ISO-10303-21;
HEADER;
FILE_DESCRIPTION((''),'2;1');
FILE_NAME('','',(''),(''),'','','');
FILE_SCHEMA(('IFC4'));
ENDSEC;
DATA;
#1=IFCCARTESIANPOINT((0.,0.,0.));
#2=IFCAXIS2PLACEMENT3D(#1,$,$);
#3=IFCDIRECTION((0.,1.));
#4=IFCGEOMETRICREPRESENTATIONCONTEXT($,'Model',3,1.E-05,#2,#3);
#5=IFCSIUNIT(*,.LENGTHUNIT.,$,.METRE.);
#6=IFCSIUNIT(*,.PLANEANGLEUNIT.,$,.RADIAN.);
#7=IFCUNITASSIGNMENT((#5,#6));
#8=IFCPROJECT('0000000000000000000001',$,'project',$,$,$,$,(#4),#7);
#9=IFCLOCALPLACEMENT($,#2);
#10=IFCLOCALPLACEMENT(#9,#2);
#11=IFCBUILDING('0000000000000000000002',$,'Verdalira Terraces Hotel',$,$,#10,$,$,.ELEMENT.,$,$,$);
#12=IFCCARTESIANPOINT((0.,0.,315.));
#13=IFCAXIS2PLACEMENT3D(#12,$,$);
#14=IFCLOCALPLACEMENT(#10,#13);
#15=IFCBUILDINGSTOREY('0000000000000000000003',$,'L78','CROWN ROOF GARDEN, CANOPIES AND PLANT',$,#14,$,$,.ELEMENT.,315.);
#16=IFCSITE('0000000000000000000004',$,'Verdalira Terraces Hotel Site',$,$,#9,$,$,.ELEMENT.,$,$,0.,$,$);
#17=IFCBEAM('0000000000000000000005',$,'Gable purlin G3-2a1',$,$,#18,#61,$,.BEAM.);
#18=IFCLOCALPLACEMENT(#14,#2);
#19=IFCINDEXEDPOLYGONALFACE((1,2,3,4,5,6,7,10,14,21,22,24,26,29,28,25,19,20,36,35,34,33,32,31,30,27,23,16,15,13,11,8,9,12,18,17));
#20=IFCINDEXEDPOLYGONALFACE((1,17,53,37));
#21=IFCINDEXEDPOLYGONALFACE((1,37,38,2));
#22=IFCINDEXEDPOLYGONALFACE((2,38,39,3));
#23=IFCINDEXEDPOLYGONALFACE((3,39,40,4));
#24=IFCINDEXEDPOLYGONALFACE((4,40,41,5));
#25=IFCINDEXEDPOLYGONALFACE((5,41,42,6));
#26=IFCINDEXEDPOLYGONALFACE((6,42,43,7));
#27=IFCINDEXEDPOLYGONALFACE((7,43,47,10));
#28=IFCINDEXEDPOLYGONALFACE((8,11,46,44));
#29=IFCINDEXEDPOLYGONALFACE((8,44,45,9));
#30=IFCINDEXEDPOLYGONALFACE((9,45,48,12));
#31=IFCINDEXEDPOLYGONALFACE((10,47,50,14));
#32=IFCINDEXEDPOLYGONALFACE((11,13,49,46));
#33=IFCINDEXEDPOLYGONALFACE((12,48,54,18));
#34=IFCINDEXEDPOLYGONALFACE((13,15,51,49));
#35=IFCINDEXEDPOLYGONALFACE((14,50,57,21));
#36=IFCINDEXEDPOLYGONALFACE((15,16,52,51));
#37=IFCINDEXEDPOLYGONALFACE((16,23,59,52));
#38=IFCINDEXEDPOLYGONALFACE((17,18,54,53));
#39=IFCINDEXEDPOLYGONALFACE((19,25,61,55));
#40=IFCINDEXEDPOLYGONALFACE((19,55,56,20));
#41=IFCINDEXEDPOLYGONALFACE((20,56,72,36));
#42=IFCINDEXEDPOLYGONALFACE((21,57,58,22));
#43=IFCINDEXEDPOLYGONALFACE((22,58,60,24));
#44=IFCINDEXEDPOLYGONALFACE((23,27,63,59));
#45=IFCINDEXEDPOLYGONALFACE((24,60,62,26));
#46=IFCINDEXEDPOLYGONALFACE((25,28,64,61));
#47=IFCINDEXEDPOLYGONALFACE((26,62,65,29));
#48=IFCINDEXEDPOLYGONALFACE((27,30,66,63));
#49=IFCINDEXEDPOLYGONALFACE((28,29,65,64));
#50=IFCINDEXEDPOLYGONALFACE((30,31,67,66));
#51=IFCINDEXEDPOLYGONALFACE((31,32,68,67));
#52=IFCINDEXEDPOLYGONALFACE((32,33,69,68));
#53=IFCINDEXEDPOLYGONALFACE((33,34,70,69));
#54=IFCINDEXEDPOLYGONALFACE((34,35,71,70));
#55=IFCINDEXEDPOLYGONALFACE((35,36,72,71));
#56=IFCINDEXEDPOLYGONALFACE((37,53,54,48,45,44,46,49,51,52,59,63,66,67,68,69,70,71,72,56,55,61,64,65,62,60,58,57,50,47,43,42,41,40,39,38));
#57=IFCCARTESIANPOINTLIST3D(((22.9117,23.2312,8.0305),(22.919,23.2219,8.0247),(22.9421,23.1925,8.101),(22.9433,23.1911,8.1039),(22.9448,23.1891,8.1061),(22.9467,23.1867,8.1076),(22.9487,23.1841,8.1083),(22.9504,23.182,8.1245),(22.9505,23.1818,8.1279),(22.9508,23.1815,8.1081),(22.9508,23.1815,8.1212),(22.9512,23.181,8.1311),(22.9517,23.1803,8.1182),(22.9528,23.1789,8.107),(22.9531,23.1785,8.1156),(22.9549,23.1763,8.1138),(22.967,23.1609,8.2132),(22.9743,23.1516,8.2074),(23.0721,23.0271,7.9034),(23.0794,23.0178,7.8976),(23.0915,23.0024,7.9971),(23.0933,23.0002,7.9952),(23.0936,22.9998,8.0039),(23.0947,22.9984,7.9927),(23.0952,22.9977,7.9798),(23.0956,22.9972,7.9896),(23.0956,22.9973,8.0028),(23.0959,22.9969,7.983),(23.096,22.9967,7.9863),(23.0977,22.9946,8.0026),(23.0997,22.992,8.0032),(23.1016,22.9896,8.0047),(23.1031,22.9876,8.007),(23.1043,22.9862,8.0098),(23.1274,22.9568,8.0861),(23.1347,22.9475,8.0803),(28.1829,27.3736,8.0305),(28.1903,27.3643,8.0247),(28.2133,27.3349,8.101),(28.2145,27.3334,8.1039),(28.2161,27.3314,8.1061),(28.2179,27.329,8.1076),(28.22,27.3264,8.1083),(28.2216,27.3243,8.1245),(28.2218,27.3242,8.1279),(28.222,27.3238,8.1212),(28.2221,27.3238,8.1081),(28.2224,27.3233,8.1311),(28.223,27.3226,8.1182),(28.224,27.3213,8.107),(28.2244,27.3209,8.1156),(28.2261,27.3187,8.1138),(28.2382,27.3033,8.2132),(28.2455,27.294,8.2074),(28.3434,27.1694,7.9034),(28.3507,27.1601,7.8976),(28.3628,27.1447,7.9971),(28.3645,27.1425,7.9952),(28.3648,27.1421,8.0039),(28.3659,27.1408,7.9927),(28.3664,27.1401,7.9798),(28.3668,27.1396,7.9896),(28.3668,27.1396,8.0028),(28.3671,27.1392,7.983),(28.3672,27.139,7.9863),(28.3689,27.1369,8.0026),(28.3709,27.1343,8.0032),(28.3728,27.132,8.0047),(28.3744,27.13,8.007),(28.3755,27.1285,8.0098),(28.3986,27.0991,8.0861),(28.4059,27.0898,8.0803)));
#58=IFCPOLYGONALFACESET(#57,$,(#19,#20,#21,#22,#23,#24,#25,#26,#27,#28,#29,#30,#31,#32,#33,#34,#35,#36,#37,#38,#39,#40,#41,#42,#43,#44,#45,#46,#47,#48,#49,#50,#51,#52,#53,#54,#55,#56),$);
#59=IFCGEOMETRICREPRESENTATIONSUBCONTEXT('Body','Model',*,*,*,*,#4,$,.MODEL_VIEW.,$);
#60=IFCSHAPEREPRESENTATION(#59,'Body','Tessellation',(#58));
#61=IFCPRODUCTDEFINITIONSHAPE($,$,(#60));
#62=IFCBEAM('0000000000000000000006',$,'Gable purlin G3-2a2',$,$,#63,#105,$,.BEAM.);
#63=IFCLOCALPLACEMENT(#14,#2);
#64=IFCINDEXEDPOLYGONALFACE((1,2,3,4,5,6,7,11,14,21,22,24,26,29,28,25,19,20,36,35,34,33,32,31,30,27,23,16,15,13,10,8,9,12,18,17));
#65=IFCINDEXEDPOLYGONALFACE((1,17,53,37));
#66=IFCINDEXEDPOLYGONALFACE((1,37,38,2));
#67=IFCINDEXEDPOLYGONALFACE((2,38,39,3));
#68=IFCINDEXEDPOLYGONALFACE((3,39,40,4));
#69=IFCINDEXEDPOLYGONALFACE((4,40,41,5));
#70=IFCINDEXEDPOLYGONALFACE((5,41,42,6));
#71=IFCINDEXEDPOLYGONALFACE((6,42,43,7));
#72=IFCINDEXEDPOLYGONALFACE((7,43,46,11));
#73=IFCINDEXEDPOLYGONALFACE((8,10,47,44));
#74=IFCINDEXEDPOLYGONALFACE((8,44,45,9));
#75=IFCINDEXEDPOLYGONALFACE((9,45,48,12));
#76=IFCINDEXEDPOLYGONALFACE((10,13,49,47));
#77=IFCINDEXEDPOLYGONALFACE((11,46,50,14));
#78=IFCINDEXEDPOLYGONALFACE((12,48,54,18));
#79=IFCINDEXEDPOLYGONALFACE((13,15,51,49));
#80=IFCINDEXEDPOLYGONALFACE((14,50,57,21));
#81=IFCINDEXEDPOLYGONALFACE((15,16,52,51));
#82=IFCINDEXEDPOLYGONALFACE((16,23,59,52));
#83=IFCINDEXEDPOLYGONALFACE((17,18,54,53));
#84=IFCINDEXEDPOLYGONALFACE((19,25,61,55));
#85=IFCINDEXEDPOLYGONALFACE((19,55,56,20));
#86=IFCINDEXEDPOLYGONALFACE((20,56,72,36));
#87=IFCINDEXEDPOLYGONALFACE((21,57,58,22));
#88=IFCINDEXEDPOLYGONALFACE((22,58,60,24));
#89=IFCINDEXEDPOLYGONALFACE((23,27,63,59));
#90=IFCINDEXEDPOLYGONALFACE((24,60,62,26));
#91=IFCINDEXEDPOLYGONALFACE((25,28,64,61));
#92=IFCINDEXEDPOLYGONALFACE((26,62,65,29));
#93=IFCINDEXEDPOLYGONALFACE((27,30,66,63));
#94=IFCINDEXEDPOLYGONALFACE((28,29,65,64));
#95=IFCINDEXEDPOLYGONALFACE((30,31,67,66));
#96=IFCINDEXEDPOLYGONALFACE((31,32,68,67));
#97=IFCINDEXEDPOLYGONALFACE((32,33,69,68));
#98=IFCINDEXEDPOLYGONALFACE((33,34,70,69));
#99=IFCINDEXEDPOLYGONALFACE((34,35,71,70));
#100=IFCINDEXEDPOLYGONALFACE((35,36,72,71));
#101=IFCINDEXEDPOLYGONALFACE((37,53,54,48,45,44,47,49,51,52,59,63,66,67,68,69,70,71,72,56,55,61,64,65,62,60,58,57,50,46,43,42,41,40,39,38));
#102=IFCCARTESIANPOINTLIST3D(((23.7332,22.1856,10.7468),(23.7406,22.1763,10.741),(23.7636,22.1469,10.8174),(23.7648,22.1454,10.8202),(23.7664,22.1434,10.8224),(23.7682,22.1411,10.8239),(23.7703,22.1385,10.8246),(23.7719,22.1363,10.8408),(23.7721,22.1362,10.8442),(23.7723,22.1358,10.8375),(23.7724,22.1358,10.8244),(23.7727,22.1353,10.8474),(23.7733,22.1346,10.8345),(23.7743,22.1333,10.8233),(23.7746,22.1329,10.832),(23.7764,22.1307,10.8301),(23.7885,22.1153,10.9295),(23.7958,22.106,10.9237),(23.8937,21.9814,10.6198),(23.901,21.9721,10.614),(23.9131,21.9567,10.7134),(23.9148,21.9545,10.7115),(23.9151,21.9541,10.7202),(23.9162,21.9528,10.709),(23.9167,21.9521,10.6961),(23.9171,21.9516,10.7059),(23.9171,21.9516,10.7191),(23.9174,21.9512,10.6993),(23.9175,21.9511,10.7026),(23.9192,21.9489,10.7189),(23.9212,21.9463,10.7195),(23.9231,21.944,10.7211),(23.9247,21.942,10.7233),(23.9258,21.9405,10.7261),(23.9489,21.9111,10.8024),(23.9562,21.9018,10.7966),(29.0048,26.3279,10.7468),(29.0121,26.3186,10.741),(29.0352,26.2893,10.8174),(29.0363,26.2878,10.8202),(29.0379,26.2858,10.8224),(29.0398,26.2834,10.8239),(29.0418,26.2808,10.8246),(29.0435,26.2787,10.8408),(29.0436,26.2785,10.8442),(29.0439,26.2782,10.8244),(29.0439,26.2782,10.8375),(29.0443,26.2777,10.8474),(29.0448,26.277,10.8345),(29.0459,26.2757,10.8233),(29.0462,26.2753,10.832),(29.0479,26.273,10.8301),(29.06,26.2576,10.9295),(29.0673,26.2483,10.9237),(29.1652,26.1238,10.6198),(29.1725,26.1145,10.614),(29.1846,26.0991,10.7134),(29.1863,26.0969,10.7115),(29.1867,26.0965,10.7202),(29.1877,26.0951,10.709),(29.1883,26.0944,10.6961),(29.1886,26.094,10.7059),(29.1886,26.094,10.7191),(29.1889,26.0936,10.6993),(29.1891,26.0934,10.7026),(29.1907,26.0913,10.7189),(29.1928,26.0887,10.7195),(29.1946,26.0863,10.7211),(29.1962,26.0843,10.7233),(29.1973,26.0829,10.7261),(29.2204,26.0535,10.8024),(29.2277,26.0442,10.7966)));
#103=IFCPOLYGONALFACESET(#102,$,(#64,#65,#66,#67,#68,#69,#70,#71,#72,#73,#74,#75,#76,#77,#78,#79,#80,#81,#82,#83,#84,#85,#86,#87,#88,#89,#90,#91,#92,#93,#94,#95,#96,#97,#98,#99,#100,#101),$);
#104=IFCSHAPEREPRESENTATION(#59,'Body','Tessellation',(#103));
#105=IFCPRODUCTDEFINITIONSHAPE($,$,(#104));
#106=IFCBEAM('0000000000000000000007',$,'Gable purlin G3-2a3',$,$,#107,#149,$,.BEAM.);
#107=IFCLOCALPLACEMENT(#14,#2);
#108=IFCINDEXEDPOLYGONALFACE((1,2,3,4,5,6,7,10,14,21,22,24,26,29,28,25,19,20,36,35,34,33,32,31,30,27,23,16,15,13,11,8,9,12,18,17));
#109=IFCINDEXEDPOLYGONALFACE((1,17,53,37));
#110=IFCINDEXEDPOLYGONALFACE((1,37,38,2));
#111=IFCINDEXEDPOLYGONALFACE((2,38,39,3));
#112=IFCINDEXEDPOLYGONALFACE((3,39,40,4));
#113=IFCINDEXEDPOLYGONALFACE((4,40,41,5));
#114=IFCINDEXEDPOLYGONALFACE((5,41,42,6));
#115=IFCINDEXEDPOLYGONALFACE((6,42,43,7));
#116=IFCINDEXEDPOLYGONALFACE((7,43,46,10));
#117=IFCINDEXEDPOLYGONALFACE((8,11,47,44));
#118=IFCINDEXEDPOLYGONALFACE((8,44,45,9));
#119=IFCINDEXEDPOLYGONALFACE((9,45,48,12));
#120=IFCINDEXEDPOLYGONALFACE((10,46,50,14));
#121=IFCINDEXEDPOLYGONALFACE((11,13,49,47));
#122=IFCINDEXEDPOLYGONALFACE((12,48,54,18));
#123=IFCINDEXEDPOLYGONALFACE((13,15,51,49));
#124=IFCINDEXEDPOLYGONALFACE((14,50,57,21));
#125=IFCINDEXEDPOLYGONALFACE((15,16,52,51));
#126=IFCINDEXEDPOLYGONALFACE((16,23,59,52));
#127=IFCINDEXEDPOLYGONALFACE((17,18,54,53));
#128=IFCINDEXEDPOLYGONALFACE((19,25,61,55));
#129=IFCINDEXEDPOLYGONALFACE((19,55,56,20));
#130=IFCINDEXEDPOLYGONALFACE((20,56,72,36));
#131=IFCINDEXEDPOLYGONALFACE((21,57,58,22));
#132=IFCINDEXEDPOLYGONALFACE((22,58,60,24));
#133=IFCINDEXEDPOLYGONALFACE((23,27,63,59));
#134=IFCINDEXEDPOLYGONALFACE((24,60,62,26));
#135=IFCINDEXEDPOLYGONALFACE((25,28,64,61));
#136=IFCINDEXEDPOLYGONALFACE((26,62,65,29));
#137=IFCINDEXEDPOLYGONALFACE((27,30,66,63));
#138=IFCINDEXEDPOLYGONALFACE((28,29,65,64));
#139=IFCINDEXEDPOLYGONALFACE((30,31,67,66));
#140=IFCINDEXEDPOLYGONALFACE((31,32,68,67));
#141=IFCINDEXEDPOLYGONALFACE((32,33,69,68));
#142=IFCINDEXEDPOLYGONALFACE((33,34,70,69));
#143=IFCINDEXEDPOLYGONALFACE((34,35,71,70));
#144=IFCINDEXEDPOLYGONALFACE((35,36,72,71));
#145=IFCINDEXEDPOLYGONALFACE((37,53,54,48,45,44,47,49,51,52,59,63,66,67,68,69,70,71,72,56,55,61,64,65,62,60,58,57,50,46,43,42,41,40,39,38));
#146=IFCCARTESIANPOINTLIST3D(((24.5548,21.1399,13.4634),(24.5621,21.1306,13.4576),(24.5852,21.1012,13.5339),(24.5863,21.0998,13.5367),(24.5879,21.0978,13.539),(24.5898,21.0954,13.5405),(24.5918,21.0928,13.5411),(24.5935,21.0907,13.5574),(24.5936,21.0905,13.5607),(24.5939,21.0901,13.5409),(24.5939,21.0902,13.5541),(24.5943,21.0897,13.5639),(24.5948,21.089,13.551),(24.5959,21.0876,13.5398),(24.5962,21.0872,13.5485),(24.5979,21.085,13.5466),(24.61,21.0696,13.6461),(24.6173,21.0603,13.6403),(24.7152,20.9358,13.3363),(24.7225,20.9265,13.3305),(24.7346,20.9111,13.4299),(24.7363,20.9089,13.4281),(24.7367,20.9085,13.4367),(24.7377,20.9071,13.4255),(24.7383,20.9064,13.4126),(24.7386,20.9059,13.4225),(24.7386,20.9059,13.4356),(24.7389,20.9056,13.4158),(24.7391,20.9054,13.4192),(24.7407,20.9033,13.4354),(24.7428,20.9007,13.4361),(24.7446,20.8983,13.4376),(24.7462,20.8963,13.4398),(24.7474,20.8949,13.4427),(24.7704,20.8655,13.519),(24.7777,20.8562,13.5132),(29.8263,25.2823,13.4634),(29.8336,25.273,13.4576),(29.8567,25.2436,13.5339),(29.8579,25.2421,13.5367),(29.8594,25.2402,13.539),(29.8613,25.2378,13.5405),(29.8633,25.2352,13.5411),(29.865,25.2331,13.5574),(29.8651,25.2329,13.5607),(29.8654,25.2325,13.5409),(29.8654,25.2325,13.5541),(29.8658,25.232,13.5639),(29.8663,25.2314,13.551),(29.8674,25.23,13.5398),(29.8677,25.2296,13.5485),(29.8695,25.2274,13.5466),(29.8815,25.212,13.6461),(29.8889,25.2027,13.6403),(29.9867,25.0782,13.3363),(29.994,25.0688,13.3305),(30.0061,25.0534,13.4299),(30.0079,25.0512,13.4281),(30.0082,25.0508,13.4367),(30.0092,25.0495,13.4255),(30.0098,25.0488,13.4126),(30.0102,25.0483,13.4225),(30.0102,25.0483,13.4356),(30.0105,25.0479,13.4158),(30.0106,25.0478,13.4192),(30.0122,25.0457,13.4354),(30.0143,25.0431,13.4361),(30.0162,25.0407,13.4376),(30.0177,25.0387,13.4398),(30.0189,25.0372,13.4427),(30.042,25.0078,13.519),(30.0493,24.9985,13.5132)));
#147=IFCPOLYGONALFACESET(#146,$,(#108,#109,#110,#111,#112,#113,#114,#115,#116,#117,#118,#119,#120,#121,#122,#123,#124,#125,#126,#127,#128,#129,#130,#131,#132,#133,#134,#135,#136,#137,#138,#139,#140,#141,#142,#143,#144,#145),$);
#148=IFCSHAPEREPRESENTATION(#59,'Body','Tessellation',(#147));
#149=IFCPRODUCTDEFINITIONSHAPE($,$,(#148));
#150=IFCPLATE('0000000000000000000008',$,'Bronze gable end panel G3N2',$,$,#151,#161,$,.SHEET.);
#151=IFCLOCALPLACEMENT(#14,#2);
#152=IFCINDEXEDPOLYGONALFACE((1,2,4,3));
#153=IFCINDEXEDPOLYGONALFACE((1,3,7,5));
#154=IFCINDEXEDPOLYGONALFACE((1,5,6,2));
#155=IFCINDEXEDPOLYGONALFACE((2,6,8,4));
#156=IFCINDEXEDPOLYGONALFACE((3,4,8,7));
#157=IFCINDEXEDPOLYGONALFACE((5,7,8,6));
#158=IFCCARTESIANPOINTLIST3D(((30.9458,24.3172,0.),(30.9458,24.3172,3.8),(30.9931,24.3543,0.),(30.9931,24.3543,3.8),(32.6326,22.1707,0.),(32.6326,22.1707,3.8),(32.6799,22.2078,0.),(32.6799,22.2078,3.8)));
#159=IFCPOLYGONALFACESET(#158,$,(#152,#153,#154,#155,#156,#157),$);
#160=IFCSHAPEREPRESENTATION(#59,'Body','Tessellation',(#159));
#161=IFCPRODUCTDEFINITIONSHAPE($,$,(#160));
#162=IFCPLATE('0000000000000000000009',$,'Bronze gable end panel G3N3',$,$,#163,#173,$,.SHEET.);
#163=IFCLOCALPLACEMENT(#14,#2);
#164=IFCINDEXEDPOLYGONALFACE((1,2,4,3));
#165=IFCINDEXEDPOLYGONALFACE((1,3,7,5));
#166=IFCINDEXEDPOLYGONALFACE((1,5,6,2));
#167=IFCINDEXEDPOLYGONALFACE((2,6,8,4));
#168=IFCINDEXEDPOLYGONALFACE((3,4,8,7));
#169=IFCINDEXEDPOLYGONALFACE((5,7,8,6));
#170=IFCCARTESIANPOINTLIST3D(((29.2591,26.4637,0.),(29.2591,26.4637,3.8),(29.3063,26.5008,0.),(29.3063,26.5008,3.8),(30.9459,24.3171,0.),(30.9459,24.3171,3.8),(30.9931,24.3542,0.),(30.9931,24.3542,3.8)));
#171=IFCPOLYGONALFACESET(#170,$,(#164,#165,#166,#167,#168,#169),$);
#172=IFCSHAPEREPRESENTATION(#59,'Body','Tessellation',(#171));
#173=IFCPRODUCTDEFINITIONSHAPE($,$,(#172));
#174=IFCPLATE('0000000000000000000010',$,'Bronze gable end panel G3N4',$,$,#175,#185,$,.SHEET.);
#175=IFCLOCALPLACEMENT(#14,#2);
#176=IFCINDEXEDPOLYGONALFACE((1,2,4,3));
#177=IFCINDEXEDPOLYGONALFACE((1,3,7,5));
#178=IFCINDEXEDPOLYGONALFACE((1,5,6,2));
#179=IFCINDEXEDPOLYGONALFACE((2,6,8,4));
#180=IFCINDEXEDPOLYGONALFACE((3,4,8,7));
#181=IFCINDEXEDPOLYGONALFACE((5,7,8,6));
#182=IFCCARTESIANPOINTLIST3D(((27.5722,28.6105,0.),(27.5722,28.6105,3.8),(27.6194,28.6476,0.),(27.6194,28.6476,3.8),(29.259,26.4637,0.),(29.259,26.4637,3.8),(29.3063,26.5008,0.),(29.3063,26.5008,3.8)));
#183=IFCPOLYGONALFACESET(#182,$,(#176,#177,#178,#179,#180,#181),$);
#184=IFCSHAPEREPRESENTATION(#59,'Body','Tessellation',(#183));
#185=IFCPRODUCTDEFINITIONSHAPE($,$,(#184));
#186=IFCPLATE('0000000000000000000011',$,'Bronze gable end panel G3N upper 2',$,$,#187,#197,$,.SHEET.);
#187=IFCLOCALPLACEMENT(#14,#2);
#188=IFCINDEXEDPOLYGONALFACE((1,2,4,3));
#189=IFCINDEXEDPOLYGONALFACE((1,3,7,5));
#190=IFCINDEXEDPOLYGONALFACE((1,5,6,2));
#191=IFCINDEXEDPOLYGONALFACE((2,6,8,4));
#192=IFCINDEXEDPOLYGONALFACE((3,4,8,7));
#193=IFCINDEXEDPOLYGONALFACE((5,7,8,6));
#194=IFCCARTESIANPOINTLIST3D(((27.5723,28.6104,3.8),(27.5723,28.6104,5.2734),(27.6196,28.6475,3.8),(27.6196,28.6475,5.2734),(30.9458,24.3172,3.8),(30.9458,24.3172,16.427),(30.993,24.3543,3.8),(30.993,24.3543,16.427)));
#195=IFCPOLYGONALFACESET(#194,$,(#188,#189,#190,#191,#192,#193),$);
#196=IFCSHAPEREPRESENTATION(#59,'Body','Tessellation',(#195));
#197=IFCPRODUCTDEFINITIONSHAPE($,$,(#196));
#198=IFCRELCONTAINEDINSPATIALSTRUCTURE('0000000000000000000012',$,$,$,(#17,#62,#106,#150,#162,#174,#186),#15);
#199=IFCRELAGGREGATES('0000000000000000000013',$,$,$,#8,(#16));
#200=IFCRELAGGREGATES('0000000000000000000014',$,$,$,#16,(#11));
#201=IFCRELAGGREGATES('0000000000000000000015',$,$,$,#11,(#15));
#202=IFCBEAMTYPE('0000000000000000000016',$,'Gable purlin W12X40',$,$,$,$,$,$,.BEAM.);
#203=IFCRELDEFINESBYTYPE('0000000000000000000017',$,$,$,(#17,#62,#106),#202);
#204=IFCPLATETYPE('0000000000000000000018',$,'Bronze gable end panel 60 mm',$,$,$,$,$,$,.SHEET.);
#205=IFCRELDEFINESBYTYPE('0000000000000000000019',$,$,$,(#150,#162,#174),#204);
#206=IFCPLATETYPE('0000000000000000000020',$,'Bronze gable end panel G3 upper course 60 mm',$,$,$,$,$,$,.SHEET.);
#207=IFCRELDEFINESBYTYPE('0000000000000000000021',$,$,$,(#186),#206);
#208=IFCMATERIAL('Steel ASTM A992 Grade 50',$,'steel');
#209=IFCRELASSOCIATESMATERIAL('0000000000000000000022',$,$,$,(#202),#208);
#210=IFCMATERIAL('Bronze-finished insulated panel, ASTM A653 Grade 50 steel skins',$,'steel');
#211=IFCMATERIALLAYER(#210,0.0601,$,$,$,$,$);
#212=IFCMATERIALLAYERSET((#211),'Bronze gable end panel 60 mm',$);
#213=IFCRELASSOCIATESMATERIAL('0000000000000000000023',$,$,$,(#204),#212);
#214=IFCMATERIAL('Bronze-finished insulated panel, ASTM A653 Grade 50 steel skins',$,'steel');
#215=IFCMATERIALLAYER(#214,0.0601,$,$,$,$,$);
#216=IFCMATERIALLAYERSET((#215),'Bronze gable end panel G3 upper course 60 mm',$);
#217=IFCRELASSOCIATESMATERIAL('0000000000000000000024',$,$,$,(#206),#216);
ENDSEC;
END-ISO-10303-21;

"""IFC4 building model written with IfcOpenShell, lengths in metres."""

from ifc_helpers import new_model, si_unit, direction, frame, frame_2d, origin, origin_2d, place, context, subcontext, project, spatial, polyline, rectangle, i_section, outline, extrude, material, layer, layer_set, material_profile, profile_set, type_object, element, save


model = new_model("IFC4")

# Units and contexts
model_context = context("Model", 3, precision=1e-05, world=origin(), true_north=direction((0.0, 1.0)))
body_context = subcontext(model_context, "Body", "Model", "MODEL_VIEW")
ifc_project = project(units=[si_unit("LENGTHUNIT", "METRE"), si_unit("PLANEANGLEUNIT", "RADIAN")], contexts=[model_context])

# Site, building, storey
site_placement = place(None, origin())
site = spatial("IfcSite", under=ifc_project, at=site_placement, Name="Verdalira Terraces Hotel Site", CompositionType="ELEMENT", RefElevation=0.0)
building_placement = place(site_placement, origin())
building = spatial("IfcBuilding", under=site, at=building_placement, Name="Verdalira Terraces Hotel", CompositionType="ELEMENT")
storey_placement = place(building_placement, frame((0.0, 0.0, 315.0)))
storey = spatial("IfcBuildingStorey", under=building, at=storey_placement, Name="L78", Description="CROWN ROOF GARDEN, CANOPIES AND PLANT", CompositionType="ELEMENT", Elevation=315.0)

# Beams
ifc_material_1 = material(Name="Steel ASTM A992 Grade 50", Category="steel")
ifc_material_profile_1 = material_profile(ifc_material_1, i_section(OverallWidth=0.2034, OverallDepth=0.3022, WebThickness=0.0076, FlangeThickness=0.0132, FilletRadius=0.0129, at=origin_2d()), Name="W12X40")
ifc_profile_set_1 = profile_set([ifc_material_profile_1], Name="Steel ASTM A992 Grade 50")
beam_type_1 = type_object("IfcBeamType", Name="Gable purlin W12X40", PredefinedType="BEAM", material=ifc_profile_set_1)
beam_1_placement = place(storey_placement, frame((23.0232, 23.0894, 8.0554), z_axis=(0.786272, 0.617881, 0.0), x_axis=(-0.271669, 0.345707, -0.898155)))
element("IfcBeam", 1, at=beam_1_placement, inside=storey, type_object=beam_type_1, Name="Gable purlin G3-2a1", PredefinedType="BEAM", context=body_context, shape_type="SweptSolid", body=[
    extrude(i_section(OverallWidth=0.2034, OverallDepth=0.3022, WebThickness=0.0076, FlangeThickness=0.0132, FilletRadius=0.0129, at=origin_2d()), origin(), (0.0, 0.0, 1.0), 6.7041),
])
for number, where, z_axis, x_axis, name in (
    (2, (23.8447, 22.0437, 10.7717), (0.786285, 0.617863, 0.0), (-0.271662, 0.345713, -0.898155), "Gable purlin G3-2a2"),
    (3, (24.6663, 20.998, 13.4883), (0.786285, 0.617863, 0.0), (-0.271662, 0.345713, -0.898155), "Gable purlin G3-2a3"),
):
    element("IfcBeam", number, at=place(storey_placement, frame(where, z_axis=z_axis, x_axis=x_axis)), inside=storey, type_object=beam_type_1, Name=name, PredefinedType="BEAM", context=body_context, shape_type="SweptSolid", body=[
        extrude(i_section(OverallWidth=0.2034, OverallDepth=0.3022, WebThickness=0.0076, FlangeThickness=0.0132, FilletRadius=0.0129, at=origin_2d()), origin(), (0.0, 0.0, 1.0), 6.7043),
    ])

# Plates
ifc_material_2 = material(Name="Bronze-finished insulated panel, ASTM A653 Grade 50 steel skins", Category="steel")
ifc_layer_1 = layer(ifc_material_2, 0.0601)
ifc_layer_set_1 = layer_set([ifc_layer_1], Name="Bronze gable end panel 60 mm")
plate_type_1 = type_object("IfcPlateType", Name="Bronze gable end panel 60 mm", PredefinedType="SHEET", material=ifc_layer_set_1)
for number, where, z_axis, x_axis, name in (
    (4, (32.6562, 22.1892, 0.0), (0.0, 0.0, 1.0), (-0.617877, 0.786275, 0.0), "Bronze gable end panel G3N2"),
    (5, (30.9695, 24.3357, 0.0), (0.0, 0.0, 1.0), (-0.617877, 0.786275, 0.0), "Bronze gable end panel G3N3"),
):
    element("IfcPlate", number, at=place(storey_placement, frame(where, z_axis=z_axis, x_axis=x_axis)), inside=storey, type_object=plate_type_1, Name=name, PredefinedType="SHEET", context=body_context, shape_type="SweptSolid", body=[
        extrude(rectangle(XDim=2.73, YDim=0.0601, at=frame_2d((1.365, 0.0))), origin(), (0.0, 0.0, 1.0), 3.8),
    ])
plate_1_placement = place(storey_placement, frame((29.2827, 26.4822, 0.0), z_axis=(0.0, 0.0, 1.0), x_axis=(-0.617833, 0.786309, 0.0)))
element("IfcPlate", 6, at=plate_1_placement, inside=storey, type_object=plate_type_1, Name="Bronze gable end panel G3N4", PredefinedType="SHEET", context=body_context, shape_type="SweptSolid", body=[
    extrude(rectangle(XDim=2.7302, YDim=0.0601, at=frame_2d((1.3652, 0.0))), origin(), (0.0, 0.0, 1.0), 3.8),
])
ifc_material_3 = material(Name="Bronze-finished insulated panel, ASTM A653 Grade 50 steel skins", Category="steel")
ifc_layer_2 = layer(ifc_material_3, 0.0601)
ifc_layer_set_2 = layer_set([ifc_layer_2], Name="Bronze gable end panel G3 upper course 60 mm")
plate_type_2 = type_object("IfcPlateType", Name="Bronze gable end panel G3 upper course 60 mm", PredefinedType="SHEET", material=ifc_layer_set_2)
plate_2_placement = place(storey_placement, frame((27.5959, 28.6289, 3.8), z_axis=(0.0, 0.0, 1.0), x_axis=(0.617855, -0.786292, 0.0)))
element("IfcPlate", 7, at=plate_2_placement, inside=storey, type_object=plate_type_2, Name="Bronze gable end panel G3N upper 2", PredefinedType="SHEET", context=body_context, shape_type="SweptSolid", body=[
    extrude(outline(polyline([(0.0, 0.0), (5.46, 0.0), (5.46, 12.627), (0.0, 1.4734), (0.0, 0.0)])), frame((0.0, 0.03, 0.0), z_axis=(0.0, -1.0, 0.0), x_axis=(1.0, 0.0, 0.0)), (0.0, 0.0, 1.0), 0.0601),
])

save(model, "model.ifc")
